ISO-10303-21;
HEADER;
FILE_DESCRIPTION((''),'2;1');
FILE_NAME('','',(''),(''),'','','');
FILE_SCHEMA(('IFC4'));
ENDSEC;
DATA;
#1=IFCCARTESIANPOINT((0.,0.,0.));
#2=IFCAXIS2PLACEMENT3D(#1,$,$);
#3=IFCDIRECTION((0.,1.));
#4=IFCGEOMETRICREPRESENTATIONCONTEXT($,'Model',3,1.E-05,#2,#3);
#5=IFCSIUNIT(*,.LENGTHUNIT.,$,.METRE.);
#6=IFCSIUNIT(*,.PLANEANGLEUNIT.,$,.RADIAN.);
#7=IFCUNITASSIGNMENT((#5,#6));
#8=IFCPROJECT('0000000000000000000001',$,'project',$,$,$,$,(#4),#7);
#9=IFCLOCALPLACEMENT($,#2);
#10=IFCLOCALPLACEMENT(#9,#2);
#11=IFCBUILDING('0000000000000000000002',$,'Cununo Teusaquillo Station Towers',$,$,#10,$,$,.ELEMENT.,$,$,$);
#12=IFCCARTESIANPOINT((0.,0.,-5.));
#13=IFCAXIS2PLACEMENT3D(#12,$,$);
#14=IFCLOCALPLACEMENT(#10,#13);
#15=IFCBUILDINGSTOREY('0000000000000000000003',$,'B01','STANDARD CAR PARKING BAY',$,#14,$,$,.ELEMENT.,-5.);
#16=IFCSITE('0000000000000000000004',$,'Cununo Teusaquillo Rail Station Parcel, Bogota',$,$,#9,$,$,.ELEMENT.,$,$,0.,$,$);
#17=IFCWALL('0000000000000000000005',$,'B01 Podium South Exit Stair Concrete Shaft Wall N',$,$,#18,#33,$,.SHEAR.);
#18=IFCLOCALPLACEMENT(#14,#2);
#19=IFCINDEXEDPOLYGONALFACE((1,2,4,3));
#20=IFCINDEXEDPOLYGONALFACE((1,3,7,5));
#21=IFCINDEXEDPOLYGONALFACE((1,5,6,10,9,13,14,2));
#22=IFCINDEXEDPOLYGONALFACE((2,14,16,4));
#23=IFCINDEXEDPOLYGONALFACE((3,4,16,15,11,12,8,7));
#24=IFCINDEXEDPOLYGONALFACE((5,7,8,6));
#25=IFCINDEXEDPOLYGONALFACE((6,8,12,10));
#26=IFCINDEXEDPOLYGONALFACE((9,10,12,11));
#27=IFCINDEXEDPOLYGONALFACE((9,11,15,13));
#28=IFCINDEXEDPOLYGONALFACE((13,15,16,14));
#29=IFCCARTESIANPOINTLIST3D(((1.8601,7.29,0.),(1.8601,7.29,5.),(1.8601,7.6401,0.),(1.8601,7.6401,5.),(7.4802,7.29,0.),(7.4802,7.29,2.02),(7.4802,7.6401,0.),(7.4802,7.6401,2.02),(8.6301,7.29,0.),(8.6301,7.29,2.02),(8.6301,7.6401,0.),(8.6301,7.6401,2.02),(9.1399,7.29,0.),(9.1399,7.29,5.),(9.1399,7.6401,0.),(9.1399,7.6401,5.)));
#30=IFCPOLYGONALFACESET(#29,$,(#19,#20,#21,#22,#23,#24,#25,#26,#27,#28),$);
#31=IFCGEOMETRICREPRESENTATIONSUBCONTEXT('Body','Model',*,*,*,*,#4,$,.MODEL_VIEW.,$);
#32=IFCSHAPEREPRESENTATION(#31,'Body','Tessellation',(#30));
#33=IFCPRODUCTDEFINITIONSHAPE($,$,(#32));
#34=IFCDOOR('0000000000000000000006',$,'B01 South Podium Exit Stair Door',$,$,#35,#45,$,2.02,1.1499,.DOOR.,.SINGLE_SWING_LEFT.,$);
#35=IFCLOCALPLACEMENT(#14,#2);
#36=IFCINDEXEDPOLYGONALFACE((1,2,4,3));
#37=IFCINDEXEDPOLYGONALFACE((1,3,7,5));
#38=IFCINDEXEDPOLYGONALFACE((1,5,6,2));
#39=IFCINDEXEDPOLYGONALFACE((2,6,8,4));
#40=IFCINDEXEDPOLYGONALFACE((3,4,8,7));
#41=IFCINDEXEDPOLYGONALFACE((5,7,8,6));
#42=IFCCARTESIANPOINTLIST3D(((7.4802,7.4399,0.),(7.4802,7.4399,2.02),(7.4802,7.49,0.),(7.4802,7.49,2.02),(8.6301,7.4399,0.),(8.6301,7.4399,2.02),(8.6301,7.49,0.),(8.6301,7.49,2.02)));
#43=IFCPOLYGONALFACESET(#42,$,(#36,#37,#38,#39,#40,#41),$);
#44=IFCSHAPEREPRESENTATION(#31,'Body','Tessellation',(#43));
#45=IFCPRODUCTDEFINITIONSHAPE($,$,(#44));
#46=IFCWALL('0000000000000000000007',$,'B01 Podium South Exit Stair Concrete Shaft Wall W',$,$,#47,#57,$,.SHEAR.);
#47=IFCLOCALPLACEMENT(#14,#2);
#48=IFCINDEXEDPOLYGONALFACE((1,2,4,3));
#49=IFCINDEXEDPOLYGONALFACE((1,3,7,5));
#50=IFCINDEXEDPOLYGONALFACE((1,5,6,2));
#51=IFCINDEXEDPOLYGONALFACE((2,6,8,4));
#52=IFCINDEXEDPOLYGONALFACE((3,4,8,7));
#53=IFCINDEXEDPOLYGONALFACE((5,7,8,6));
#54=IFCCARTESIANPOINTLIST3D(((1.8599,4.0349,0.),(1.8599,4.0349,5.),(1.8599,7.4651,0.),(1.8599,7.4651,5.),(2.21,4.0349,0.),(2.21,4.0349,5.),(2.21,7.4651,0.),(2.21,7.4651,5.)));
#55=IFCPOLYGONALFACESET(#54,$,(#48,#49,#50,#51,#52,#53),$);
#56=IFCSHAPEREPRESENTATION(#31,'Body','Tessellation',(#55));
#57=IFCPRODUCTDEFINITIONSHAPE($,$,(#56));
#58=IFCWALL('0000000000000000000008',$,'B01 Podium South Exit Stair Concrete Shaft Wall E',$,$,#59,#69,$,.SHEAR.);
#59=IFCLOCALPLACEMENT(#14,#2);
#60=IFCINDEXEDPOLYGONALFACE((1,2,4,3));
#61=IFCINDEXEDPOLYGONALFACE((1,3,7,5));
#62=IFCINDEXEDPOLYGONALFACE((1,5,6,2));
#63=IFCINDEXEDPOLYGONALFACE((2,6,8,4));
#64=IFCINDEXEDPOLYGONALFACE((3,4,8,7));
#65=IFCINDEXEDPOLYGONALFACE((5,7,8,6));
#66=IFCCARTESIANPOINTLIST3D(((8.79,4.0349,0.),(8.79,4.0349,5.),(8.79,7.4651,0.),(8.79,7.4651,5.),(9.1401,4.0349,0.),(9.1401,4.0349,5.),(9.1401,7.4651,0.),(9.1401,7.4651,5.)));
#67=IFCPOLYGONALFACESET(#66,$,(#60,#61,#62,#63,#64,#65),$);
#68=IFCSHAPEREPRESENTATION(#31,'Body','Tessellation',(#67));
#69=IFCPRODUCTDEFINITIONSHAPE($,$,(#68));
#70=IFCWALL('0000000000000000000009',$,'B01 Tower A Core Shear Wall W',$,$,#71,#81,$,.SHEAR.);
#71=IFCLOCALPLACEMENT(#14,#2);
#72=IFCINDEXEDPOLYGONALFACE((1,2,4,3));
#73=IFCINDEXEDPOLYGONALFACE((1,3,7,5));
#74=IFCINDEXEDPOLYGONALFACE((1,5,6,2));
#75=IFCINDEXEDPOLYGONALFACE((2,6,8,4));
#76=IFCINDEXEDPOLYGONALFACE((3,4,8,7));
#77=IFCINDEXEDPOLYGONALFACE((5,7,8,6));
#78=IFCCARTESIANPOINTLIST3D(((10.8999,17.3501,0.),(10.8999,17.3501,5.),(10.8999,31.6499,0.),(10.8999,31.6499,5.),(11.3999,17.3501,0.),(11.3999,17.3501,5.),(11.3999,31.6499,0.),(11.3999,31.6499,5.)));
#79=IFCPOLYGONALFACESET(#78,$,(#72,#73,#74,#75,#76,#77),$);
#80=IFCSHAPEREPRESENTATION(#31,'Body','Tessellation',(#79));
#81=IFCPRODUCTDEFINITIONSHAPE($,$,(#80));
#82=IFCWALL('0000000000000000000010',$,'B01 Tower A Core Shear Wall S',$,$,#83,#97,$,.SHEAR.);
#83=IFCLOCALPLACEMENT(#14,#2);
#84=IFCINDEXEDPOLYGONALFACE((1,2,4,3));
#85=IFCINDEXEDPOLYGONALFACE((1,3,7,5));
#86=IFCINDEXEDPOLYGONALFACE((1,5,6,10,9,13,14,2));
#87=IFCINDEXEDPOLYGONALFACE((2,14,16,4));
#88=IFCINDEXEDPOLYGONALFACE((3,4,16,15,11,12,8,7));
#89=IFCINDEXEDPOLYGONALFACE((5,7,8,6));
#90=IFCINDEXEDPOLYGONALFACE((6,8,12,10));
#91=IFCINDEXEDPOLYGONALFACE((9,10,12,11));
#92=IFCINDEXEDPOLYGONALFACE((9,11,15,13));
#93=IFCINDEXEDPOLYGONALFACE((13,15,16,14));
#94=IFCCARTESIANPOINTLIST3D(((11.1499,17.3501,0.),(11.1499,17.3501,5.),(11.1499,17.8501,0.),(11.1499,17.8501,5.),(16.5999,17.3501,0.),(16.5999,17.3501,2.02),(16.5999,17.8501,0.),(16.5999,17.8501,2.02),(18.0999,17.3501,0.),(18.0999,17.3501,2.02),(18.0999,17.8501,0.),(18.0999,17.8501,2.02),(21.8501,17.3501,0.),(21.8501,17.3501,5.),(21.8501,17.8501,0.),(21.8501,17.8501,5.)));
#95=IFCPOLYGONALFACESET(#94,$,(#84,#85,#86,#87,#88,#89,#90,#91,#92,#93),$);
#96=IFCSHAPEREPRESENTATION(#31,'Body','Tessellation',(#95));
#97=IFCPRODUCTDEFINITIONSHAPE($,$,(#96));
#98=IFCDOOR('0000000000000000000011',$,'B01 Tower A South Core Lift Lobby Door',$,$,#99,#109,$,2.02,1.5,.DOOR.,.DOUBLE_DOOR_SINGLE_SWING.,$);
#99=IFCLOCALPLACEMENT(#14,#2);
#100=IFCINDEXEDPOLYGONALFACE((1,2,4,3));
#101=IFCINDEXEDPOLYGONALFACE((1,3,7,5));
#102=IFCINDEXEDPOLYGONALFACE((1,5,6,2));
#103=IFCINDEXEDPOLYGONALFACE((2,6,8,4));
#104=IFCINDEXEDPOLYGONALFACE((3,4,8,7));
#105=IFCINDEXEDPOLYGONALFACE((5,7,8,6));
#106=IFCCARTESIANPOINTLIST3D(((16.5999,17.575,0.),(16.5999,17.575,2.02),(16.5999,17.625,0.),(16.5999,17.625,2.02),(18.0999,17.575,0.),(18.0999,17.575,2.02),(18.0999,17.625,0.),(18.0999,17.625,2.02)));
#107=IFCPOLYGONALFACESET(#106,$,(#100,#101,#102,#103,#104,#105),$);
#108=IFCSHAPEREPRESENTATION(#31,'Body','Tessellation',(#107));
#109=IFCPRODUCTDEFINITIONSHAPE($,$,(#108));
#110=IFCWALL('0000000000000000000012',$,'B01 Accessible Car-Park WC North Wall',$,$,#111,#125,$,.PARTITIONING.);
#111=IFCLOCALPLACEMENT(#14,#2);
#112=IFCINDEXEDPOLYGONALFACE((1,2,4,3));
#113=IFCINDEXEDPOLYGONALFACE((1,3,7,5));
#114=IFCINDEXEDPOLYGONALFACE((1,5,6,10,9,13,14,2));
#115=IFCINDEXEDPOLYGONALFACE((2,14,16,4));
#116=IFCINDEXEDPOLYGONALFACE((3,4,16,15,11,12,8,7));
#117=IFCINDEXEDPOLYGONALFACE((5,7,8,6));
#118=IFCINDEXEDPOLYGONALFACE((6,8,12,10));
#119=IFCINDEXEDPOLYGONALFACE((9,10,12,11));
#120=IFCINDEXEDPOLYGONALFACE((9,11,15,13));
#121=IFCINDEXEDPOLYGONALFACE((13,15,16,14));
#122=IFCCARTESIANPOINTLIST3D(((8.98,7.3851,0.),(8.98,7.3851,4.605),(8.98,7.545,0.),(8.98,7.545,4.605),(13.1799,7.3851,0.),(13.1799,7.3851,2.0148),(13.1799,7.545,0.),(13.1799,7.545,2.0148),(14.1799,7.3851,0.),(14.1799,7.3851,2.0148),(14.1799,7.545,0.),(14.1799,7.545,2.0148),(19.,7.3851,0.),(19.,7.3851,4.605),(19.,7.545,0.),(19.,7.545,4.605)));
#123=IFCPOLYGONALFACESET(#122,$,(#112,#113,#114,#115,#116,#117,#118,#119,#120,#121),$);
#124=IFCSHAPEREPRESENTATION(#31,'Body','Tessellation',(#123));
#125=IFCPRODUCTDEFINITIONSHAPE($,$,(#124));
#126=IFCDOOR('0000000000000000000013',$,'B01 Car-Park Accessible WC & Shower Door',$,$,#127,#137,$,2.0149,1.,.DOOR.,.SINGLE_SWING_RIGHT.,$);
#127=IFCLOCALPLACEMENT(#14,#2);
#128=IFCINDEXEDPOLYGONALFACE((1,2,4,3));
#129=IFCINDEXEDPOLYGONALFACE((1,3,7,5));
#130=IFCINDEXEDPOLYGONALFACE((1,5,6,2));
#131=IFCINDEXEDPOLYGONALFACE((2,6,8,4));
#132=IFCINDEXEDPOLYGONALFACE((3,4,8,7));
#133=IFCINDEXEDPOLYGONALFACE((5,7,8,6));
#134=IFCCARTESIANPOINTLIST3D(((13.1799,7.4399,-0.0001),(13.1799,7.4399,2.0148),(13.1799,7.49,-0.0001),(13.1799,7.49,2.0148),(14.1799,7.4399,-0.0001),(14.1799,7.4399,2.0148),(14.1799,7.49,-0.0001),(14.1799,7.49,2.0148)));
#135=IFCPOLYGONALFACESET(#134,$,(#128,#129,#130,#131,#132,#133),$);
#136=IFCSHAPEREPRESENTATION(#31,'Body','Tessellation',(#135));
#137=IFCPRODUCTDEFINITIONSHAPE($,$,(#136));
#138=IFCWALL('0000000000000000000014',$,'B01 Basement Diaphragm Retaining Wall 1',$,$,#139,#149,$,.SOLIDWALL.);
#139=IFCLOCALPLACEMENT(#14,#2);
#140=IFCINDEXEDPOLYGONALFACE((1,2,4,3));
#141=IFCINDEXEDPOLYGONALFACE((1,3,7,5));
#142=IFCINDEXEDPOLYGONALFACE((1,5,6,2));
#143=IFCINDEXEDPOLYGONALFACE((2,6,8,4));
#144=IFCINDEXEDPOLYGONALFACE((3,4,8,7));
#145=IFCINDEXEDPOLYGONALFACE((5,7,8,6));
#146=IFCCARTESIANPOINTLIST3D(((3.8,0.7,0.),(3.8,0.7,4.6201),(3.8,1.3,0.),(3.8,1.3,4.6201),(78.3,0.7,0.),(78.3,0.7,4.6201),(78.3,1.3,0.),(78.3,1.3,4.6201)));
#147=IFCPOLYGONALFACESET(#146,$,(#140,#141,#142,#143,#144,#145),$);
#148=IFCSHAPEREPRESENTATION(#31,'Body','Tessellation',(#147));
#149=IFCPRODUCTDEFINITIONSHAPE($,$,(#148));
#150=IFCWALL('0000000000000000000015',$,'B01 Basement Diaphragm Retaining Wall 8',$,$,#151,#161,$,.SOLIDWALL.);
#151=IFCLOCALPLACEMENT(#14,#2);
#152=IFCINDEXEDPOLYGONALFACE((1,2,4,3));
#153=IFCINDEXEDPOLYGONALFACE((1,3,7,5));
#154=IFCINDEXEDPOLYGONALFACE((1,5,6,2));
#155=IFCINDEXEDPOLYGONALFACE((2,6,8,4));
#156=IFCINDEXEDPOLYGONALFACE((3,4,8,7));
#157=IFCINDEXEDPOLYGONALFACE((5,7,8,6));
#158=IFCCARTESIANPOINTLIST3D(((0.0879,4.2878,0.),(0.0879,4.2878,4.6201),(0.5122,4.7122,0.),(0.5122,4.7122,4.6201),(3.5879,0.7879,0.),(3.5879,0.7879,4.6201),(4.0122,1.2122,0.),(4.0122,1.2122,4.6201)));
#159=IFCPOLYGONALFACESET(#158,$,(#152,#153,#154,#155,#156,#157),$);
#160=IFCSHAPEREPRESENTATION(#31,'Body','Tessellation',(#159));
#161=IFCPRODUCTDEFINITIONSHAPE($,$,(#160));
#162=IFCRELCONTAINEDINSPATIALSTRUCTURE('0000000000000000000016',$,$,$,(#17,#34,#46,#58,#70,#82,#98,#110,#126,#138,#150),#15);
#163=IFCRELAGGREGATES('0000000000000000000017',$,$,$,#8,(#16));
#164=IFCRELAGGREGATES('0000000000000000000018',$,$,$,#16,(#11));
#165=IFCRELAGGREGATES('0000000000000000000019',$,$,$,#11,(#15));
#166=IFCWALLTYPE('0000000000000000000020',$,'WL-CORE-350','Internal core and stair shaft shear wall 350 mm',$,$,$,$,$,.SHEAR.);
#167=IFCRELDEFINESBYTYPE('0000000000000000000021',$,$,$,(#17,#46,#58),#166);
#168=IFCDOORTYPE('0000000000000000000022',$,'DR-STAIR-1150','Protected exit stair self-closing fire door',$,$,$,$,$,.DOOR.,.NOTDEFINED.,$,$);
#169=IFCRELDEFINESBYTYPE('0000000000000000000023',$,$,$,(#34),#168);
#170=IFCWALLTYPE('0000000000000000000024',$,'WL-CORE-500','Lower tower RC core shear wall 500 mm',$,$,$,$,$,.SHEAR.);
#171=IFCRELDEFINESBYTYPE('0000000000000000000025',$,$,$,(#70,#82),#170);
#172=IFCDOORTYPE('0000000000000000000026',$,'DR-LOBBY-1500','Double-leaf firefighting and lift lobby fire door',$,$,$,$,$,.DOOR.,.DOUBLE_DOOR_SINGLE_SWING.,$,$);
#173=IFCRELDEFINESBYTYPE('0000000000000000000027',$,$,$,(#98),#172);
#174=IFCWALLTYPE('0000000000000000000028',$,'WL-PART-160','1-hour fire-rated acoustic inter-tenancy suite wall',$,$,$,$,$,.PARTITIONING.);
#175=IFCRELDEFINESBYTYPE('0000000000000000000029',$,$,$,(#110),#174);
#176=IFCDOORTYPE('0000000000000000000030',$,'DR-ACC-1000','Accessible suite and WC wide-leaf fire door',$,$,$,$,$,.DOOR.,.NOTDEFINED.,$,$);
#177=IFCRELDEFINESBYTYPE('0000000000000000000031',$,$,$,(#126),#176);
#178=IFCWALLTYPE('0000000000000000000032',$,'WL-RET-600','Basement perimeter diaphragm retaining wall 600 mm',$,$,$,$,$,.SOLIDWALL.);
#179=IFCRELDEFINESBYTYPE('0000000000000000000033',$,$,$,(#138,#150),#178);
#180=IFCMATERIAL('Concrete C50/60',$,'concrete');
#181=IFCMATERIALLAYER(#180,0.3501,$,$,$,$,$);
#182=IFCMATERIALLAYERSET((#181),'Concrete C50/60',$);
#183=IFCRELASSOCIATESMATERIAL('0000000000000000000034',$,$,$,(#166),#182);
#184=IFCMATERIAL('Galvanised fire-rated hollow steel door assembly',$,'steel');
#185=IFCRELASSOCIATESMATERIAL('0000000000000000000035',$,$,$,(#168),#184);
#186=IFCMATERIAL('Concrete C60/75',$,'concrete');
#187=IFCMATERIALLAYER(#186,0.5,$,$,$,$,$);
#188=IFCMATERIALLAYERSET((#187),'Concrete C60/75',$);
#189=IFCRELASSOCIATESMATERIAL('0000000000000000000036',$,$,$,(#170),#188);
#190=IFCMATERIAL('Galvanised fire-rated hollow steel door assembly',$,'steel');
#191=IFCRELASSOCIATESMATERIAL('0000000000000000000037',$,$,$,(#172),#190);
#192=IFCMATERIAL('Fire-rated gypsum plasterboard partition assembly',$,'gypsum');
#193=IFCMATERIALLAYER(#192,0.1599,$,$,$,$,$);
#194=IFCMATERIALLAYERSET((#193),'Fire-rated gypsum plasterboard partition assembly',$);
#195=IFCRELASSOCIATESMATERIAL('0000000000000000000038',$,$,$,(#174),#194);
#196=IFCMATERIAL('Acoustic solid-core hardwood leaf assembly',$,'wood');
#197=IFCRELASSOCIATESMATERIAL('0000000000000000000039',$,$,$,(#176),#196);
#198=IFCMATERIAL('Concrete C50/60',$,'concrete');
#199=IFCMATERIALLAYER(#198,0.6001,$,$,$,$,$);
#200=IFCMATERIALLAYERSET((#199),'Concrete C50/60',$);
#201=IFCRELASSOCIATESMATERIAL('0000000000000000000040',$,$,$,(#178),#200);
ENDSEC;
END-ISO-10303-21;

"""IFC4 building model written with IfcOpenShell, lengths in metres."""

from ifc_helpers import new_model, si_unit, direction, frame, frame_2d, origin, place, context, subcontext, project, spatial, rectangle, extrude, source, transform, mapped, material, layer, layer_set, type_object, element, fill, save


model = new_model("IFC4")

# Units and contexts
model_context = context("Model", 3, precision=1e-05, world=origin(), true_north=direction((0.0, 1.0)))
body_context = subcontext(model_context, "Body", "Model", "MODEL_VIEW")
ifc_project = project(units=[si_unit("LENGTHUNIT", "METRE"), si_unit("PLANEANGLEUNIT", "RADIAN")], contexts=[model_context])

# Site, building, storey
site_placement = place(None, origin())
site = spatial("IfcSite", under=ifc_project, at=site_placement, Name="Cununo Teusaquillo Rail Station Parcel, Bogota", CompositionType="ELEMENT", RefElevation=0.0)
building_placement = place(site_placement, origin())
building = spatial("IfcBuilding", under=site, at=building_placement, Name="Cununo Teusaquillo Station Towers", CompositionType="ELEMENT")
storey_placement = place(building_placement, frame((0.0, 0.0, -5.0)))
storey = spatial("IfcBuildingStorey", under=building, at=storey_placement, Name="B01", Description="STANDARD CAR PARKING BAY", CompositionType="ELEMENT", Elevation=-5.0)

# Shared definitions
ifc_material_1 = material(Name="Concrete C50/60", Category="concrete")
ifc_layer_1 = layer(ifc_material_1, 0.3501)
ifc_layer_set_1 = layer_set([ifc_layer_1], Name="Concrete C50/60")
wall_type_1 = type_object("IfcWallType", Name="WL-CORE-350", Description="Internal core and stair shaft shear wall 350 mm", PredefinedType="SHEAR", material=ifc_layer_set_1)

# Wall, opening, door
wall_1_placement = place(storey_placement, frame((1.8601, 7.4651, 0.0), z_axis=(0.0, 0.0, 1.0), x_axis=(1.0, 0.0, 0.0)))
wall_1 = element("IfcWall", 1, at=wall_1_placement, inside=storey, type_object=wall_type_1, Name="B01 Podium South Exit Stair Concrete Shaft Wall N", PredefinedType="SHEAR", context=body_context, shape_type="SweptSolid", body=[
    extrude(rectangle(XDim=7.2798, YDim=0.3501, at=frame_2d((3.6399, 0.0))), origin(), (0.0, 0.0, 1.0), 5.0),
])
shared_shape_1 = source(origin(), body_context, "Body", "SweptSolid", [
    extrude(rectangle(XDim=1.1499, YDim=2.02, at=frame_2d((0.575, 1.01))), frame((0.0, 0.1851, 0.0), z_axis=(0.0, -1.0, 0.0), x_axis=(1.0, 0.0, 0.0)), (0.0, 0.0, 1.0), 0.3701),
])
opening_1_placement = place(wall_1_placement, frame((5.6201, 0.0, 0.0)))
opening_1 = element("IfcOpeningElement", 2, at=opening_1_placement, cuts=wall_1, PredefinedType="OPENING", context=body_context, shape_type="MappedRepresentation", body=[
    mapped(shared_shape_1, transform((0.0, 0.0, 0.0), x_axis=(1.0, 0.0, 0.0), y_axis=(0.0, 1.0, 0.0), z_axis=(0.0, 0.0, 1.0), scale=1.0)),
])
ifc_material_2 = material(Name="Galvanised fire-rated hollow steel door assembly", Category="steel")
door_type_1 = type_object("IfcDoorType", Name="DR-STAIR-1150", Description="Protected exit stair self-closing fire door", OperationType="NOTDEFINED", PredefinedType="DOOR", material=ifc_material_2)
shared_shape_2 = source(origin(), body_context, "Body", "SweptSolid", [
    extrude(rectangle(XDim=1.1499, YDim=2.02, at=frame_2d((0.575, 1.01))), frame((0.0, 0.0249, 0.0), z_axis=(0.0, -1.0, 0.0), x_axis=(1.0, 0.0, 0.0)), (0.0, 0.0, 1.0), 0.05),
])
door_1_placement = place(opening_1_placement, origin())
door_1 = element("IfcDoor", 3, at=door_1_placement, inside=storey, type_object=door_type_1, Name="B01 South Podium Exit Stair Door", OperationType="SINGLE_SWING_LEFT", OverallHeight=2.02, OverallWidth=1.1499, PredefinedType="DOOR", context=body_context, shape_type="MappedRepresentation", body=[
    mapped(shared_shape_2, transform((0.0, 0.0, 0.0), x_axis=(1.0, 0.0, 0.0), y_axis=(0.0, 1.0, 0.0), z_axis=(0.0, 0.0, 1.0), scale=1.0)),
])
fill(opening_1, door_1)

# Walls
for number, where, z_axis, x_axis, name in (
    (4, (2.0349, 4.0349, 0.0), (0.0, 0.0, 1.0), (0.0, 1.0, 0.0), "B01 Podium South Exit Stair Concrete Shaft Wall W"),
    (5, (8.9651, 4.0349, 0.0), (0.0, 0.0, 1.0), (0.0, 1.0, 0.0), "B01 Podium South Exit Stair Concrete Shaft Wall E"),
):
    element("IfcWall", number, at=place(storey_placement, frame(where, z_axis=z_axis, x_axis=x_axis)), inside=storey, type_object=wall_type_1, Name=name, PredefinedType="SHEAR", context=body_context, shape_type="SweptSolid", body=[
        extrude(rectangle(XDim=3.4302, YDim=0.3501, at=frame_2d((1.7151, 0.0))), origin(), (0.0, 0.0, 1.0), 5.0),
    ])
ifc_material_3 = material(Name="Concrete C60/75", Category="concrete")
ifc_layer_2 = layer(ifc_material_3, 0.5)
ifc_layer_set_2 = layer_set([ifc_layer_2], Name="Concrete C60/75")
wall_type_2 = type_object("IfcWallType", Name="WL-CORE-500", Description="Lower tower RC core shear wall 500 mm", PredefinedType="SHEAR", material=ifc_layer_set_2)
wall_2_placement = place(storey_placement, frame((11.1499, 17.3501, 0.0), z_axis=(0.0, 0.0, 1.0), x_axis=(0.0, 1.0, 0.0)))
element("IfcWall", 6, at=wall_2_placement, inside=storey, type_object=wall_type_2, Name="B01 Tower A Core Shear Wall W", PredefinedType="SHEAR", context=body_context, shape_type="SweptSolid", body=[
    extrude(rectangle(XDim=14.2998, YDim=0.5, at=frame_2d((7.1499, 0.0))), origin(), (0.0, 0.0, 1.0), 5.0),
])

# Walls, openings, doors
wall_3_placement = place(storey_placement, frame((11.1499, 17.6001, 0.0), z_axis=(0.0, 0.0, 1.0), x_axis=(1.0, 0.0, 0.0)))
wall_3 = element("IfcWall", 7, at=wall_3_placement, inside=storey, type_object=wall_type_2, Name="B01 Tower A Core Shear Wall S", PredefinedType="SHEAR", context=body_context, shape_type="SweptSolid", body=[
    extrude(rectangle(XDim=10.7002, YDim=0.5, at=frame_2d((5.3501, 0.0))), origin(), (0.0, 0.0, 1.0), 5.0),
])
shared_shape_3 = source(origin(), body_context, "Body", "SweptSolid", [
    extrude(rectangle(XDim=1.5, YDim=2.02, at=frame_2d((0.75, 1.01))), frame((0.0, 0.26, 0.0), z_axis=(0.0, -1.0, 0.0), x_axis=(1.0, 0.0, 0.0)), (0.0, 0.0, 1.0), 0.52),
])
opening_2_placement = place(wall_3_placement, frame((5.45, 0.0, 0.0)))
opening_2 = element("IfcOpeningElement", 8, at=opening_2_placement, cuts=wall_3, PredefinedType="OPENING", context=body_context, shape_type="MappedRepresentation", body=[
    mapped(shared_shape_3, transform((0.0, 0.0, 0.0), x_axis=(1.0, 0.0, 0.0), y_axis=(0.0, 1.0, 0.0), z_axis=(0.0, 0.0, 1.0), scale=1.0)),
])
ifc_material_4 = material(Name="Galvanised fire-rated hollow steel door assembly", Category="steel")
door_type_2 = type_object("IfcDoorType", Name="DR-LOBBY-1500", Description="Double-leaf firefighting and lift lobby fire door", OperationType="DOUBLE_DOOR_SINGLE_SWING", PredefinedType="DOOR", material=ifc_material_4)
shared_shape_4 = source(origin(), body_context, "Body", "SweptSolid", [
    extrude(rectangle(XDim=1.5, YDim=2.02, at=frame_2d((0.75, 1.01))), frame((0.0, 0.0249, 0.0), z_axis=(0.0, -1.0, 0.0), x_axis=(1.0, 0.0, 0.0)), (0.0, 0.0, 1.0), 0.05),
])
door_2_placement = place(opening_2_placement, origin())
door_2 = element("IfcDoor", 9, at=door_2_placement, inside=storey, type_object=door_type_2, Name="B01 Tower A South Core Lift Lobby Door", OperationType="DOUBLE_DOOR_SINGLE_SWING", OverallHeight=2.02, OverallWidth=1.5, PredefinedType="DOOR", context=body_context, shape_type="MappedRepresentation", body=[
    mapped(shared_shape_4, transform((0.0, 0.0, 0.0), x_axis=(1.0, 0.0, 0.0), y_axis=(0.0, 1.0, 0.0), z_axis=(0.0, 0.0, 1.0), scale=1.0)),
])
fill(opening_2, door_2)
ifc_material_5 = material(Name="Fire-rated gypsum plasterboard partition assembly", Category="gypsum")
ifc_layer_3 = layer(ifc_material_5, 0.1599)
ifc_layer_set_3 = layer_set([ifc_layer_3], Name="Fire-rated gypsum plasterboard partition assembly")
wall_type_3 = type_object("IfcWallType", Name="WL-PART-160", Description="1-hour fire-rated acoustic inter-tenancy suite wall", PredefinedType="PARTITIONING", material=ifc_layer_set_3)
wall_4_placement = place(storey_placement, frame((8.98, 7.4651, 0.0), z_axis=(0.0, 0.0, 1.0), x_axis=(1.0, 0.0, 0.0)))
wall_4 = element("IfcWall", 10, at=wall_4_placement, inside=storey, type_object=wall_type_3, Name="B01 Accessible Car-Park WC North Wall", PredefinedType="PARTITIONING", context=body_context, shape_type="SweptSolid", body=[
    extrude(rectangle(XDim=10.02, YDim=0.1599, at=frame_2d((5.01, 0.0))), origin(), (0.0, 0.0, 1.0), 4.605),
])
shared_shape_5 = source(origin(), body_context, "Body", "SweptSolid", [
    extrude(rectangle(XDim=1.0, YDim=2.0149, at=frame_2d((0.5, 1.0073))), frame((0.0, 0.0898, 0.0), z_axis=(0.0, -1.0, 0.0), x_axis=(1.0, 0.0, 0.0)), (0.0, 0.0, 1.0), 0.1799),
])
opening_3_placement = place(wall_4_placement, frame((4.2, 0.0, 0.0)))
opening_3 = element("IfcOpeningElement", 11, at=opening_3_placement, cuts=wall_4, PredefinedType="OPENING", context=body_context, shape_type="MappedRepresentation", body=[
    mapped(shared_shape_5, transform((0.0, 0.0, 0.0), x_axis=(1.0, 0.0, 0.0), y_axis=(0.0, 1.0, 0.0), z_axis=(0.0, 0.0, 1.0), scale=1.0)),
])
ifc_material_6 = material(Name="Acoustic solid-core hardwood leaf assembly", Category="wood")
door_type_3 = type_object("IfcDoorType", Name="DR-ACC-1000", Description="Accessible suite and WC wide-leaf fire door", OperationType="NOTDEFINED", PredefinedType="DOOR", material=ifc_material_6)
shared_shape_6 = source(origin(), body_context, "Body", "SweptSolid", [
    extrude(rectangle(XDim=1.0, YDim=2.0149, at=frame_2d((0.5, 1.0073))), frame((0.0, 0.0249, 0.0), z_axis=(0.0, -1.0, 0.0), x_axis=(1.0, 0.0, 0.0)), (0.0, 0.0, 1.0), 0.05),
])
door_3_placement = place(opening_3_placement, origin())
door_3 = element("IfcDoor", 12, at=door_3_placement, inside=storey, type_object=door_type_3, Name="B01 Car-Park Accessible WC & Shower Door", OperationType="SINGLE_SWING_RIGHT", OverallHeight=2.0149, OverallWidth=1.0, PredefinedType="DOOR", context=body_context, shape_type="MappedRepresentation", body=[
    mapped(shared_shape_6, transform((0.0, 0.0, 0.0), x_axis=(1.0, 0.0, 0.0), y_axis=(0.0, 1.0, 0.0), z_axis=(0.0, 0.0, 1.0), scale=1.0)),
])
fill(opening_3, door_3)

# Walls
ifc_material_7 = material(Name="Concrete C50/60", Category="concrete")
ifc_layer_4 = layer(ifc_material_7, 0.6001)
ifc_layer_set_4 = layer_set([ifc_layer_4], Name="Concrete C50/60")
wall_type_4 = type_object("IfcWallType", Name="WL-RET-600", Description="Basement perimeter diaphragm retaining wall 600 mm", PredefinedType="SOLIDWALL", material=ifc_layer_set_4)
wall_5_placement = place(storey_placement, frame((3.8, 1.0, 0.0), z_axis=(0.0, 0.0, 1.0), x_axis=(1.0, 0.0, 0.0)))
element("IfcWall", 13, at=wall_5_placement, inside=storey, type_object=wall_type_4, Name="B01 Basement Diaphragm Retaining Wall 1", PredefinedType="SOLIDWALL", context=body_context, shape_type="SweptSolid", body=[
    extrude(rectangle(XDim=74.5, YDim=0.6001, at=frame_2d((37.25, 0.0))), origin(), (0.0, 0.0, 1.0), 4.6201),
])
wall_6_placement = place(storey_placement, frame((0.3, 4.5, 0.0), z_axis=(0.0, 0.0, 1.0), x_axis=(0.707107, -0.707107, 0.0)))
element("IfcWall", 14, at=wall_6_placement, inside=storey, type_object=wall_type_4, Name="B01 Basement Diaphragm Retaining Wall 8", PredefinedType="SOLIDWALL", context=body_context, shape_type="SweptSolid", body=[
    extrude(rectangle(XDim=4.9497, YDim=0.6001, at=frame_2d((2.4749, 0.0))), origin(), (0.0, 0.0, 1.0), 4.6201),
])

save(model, "model.ifc")
